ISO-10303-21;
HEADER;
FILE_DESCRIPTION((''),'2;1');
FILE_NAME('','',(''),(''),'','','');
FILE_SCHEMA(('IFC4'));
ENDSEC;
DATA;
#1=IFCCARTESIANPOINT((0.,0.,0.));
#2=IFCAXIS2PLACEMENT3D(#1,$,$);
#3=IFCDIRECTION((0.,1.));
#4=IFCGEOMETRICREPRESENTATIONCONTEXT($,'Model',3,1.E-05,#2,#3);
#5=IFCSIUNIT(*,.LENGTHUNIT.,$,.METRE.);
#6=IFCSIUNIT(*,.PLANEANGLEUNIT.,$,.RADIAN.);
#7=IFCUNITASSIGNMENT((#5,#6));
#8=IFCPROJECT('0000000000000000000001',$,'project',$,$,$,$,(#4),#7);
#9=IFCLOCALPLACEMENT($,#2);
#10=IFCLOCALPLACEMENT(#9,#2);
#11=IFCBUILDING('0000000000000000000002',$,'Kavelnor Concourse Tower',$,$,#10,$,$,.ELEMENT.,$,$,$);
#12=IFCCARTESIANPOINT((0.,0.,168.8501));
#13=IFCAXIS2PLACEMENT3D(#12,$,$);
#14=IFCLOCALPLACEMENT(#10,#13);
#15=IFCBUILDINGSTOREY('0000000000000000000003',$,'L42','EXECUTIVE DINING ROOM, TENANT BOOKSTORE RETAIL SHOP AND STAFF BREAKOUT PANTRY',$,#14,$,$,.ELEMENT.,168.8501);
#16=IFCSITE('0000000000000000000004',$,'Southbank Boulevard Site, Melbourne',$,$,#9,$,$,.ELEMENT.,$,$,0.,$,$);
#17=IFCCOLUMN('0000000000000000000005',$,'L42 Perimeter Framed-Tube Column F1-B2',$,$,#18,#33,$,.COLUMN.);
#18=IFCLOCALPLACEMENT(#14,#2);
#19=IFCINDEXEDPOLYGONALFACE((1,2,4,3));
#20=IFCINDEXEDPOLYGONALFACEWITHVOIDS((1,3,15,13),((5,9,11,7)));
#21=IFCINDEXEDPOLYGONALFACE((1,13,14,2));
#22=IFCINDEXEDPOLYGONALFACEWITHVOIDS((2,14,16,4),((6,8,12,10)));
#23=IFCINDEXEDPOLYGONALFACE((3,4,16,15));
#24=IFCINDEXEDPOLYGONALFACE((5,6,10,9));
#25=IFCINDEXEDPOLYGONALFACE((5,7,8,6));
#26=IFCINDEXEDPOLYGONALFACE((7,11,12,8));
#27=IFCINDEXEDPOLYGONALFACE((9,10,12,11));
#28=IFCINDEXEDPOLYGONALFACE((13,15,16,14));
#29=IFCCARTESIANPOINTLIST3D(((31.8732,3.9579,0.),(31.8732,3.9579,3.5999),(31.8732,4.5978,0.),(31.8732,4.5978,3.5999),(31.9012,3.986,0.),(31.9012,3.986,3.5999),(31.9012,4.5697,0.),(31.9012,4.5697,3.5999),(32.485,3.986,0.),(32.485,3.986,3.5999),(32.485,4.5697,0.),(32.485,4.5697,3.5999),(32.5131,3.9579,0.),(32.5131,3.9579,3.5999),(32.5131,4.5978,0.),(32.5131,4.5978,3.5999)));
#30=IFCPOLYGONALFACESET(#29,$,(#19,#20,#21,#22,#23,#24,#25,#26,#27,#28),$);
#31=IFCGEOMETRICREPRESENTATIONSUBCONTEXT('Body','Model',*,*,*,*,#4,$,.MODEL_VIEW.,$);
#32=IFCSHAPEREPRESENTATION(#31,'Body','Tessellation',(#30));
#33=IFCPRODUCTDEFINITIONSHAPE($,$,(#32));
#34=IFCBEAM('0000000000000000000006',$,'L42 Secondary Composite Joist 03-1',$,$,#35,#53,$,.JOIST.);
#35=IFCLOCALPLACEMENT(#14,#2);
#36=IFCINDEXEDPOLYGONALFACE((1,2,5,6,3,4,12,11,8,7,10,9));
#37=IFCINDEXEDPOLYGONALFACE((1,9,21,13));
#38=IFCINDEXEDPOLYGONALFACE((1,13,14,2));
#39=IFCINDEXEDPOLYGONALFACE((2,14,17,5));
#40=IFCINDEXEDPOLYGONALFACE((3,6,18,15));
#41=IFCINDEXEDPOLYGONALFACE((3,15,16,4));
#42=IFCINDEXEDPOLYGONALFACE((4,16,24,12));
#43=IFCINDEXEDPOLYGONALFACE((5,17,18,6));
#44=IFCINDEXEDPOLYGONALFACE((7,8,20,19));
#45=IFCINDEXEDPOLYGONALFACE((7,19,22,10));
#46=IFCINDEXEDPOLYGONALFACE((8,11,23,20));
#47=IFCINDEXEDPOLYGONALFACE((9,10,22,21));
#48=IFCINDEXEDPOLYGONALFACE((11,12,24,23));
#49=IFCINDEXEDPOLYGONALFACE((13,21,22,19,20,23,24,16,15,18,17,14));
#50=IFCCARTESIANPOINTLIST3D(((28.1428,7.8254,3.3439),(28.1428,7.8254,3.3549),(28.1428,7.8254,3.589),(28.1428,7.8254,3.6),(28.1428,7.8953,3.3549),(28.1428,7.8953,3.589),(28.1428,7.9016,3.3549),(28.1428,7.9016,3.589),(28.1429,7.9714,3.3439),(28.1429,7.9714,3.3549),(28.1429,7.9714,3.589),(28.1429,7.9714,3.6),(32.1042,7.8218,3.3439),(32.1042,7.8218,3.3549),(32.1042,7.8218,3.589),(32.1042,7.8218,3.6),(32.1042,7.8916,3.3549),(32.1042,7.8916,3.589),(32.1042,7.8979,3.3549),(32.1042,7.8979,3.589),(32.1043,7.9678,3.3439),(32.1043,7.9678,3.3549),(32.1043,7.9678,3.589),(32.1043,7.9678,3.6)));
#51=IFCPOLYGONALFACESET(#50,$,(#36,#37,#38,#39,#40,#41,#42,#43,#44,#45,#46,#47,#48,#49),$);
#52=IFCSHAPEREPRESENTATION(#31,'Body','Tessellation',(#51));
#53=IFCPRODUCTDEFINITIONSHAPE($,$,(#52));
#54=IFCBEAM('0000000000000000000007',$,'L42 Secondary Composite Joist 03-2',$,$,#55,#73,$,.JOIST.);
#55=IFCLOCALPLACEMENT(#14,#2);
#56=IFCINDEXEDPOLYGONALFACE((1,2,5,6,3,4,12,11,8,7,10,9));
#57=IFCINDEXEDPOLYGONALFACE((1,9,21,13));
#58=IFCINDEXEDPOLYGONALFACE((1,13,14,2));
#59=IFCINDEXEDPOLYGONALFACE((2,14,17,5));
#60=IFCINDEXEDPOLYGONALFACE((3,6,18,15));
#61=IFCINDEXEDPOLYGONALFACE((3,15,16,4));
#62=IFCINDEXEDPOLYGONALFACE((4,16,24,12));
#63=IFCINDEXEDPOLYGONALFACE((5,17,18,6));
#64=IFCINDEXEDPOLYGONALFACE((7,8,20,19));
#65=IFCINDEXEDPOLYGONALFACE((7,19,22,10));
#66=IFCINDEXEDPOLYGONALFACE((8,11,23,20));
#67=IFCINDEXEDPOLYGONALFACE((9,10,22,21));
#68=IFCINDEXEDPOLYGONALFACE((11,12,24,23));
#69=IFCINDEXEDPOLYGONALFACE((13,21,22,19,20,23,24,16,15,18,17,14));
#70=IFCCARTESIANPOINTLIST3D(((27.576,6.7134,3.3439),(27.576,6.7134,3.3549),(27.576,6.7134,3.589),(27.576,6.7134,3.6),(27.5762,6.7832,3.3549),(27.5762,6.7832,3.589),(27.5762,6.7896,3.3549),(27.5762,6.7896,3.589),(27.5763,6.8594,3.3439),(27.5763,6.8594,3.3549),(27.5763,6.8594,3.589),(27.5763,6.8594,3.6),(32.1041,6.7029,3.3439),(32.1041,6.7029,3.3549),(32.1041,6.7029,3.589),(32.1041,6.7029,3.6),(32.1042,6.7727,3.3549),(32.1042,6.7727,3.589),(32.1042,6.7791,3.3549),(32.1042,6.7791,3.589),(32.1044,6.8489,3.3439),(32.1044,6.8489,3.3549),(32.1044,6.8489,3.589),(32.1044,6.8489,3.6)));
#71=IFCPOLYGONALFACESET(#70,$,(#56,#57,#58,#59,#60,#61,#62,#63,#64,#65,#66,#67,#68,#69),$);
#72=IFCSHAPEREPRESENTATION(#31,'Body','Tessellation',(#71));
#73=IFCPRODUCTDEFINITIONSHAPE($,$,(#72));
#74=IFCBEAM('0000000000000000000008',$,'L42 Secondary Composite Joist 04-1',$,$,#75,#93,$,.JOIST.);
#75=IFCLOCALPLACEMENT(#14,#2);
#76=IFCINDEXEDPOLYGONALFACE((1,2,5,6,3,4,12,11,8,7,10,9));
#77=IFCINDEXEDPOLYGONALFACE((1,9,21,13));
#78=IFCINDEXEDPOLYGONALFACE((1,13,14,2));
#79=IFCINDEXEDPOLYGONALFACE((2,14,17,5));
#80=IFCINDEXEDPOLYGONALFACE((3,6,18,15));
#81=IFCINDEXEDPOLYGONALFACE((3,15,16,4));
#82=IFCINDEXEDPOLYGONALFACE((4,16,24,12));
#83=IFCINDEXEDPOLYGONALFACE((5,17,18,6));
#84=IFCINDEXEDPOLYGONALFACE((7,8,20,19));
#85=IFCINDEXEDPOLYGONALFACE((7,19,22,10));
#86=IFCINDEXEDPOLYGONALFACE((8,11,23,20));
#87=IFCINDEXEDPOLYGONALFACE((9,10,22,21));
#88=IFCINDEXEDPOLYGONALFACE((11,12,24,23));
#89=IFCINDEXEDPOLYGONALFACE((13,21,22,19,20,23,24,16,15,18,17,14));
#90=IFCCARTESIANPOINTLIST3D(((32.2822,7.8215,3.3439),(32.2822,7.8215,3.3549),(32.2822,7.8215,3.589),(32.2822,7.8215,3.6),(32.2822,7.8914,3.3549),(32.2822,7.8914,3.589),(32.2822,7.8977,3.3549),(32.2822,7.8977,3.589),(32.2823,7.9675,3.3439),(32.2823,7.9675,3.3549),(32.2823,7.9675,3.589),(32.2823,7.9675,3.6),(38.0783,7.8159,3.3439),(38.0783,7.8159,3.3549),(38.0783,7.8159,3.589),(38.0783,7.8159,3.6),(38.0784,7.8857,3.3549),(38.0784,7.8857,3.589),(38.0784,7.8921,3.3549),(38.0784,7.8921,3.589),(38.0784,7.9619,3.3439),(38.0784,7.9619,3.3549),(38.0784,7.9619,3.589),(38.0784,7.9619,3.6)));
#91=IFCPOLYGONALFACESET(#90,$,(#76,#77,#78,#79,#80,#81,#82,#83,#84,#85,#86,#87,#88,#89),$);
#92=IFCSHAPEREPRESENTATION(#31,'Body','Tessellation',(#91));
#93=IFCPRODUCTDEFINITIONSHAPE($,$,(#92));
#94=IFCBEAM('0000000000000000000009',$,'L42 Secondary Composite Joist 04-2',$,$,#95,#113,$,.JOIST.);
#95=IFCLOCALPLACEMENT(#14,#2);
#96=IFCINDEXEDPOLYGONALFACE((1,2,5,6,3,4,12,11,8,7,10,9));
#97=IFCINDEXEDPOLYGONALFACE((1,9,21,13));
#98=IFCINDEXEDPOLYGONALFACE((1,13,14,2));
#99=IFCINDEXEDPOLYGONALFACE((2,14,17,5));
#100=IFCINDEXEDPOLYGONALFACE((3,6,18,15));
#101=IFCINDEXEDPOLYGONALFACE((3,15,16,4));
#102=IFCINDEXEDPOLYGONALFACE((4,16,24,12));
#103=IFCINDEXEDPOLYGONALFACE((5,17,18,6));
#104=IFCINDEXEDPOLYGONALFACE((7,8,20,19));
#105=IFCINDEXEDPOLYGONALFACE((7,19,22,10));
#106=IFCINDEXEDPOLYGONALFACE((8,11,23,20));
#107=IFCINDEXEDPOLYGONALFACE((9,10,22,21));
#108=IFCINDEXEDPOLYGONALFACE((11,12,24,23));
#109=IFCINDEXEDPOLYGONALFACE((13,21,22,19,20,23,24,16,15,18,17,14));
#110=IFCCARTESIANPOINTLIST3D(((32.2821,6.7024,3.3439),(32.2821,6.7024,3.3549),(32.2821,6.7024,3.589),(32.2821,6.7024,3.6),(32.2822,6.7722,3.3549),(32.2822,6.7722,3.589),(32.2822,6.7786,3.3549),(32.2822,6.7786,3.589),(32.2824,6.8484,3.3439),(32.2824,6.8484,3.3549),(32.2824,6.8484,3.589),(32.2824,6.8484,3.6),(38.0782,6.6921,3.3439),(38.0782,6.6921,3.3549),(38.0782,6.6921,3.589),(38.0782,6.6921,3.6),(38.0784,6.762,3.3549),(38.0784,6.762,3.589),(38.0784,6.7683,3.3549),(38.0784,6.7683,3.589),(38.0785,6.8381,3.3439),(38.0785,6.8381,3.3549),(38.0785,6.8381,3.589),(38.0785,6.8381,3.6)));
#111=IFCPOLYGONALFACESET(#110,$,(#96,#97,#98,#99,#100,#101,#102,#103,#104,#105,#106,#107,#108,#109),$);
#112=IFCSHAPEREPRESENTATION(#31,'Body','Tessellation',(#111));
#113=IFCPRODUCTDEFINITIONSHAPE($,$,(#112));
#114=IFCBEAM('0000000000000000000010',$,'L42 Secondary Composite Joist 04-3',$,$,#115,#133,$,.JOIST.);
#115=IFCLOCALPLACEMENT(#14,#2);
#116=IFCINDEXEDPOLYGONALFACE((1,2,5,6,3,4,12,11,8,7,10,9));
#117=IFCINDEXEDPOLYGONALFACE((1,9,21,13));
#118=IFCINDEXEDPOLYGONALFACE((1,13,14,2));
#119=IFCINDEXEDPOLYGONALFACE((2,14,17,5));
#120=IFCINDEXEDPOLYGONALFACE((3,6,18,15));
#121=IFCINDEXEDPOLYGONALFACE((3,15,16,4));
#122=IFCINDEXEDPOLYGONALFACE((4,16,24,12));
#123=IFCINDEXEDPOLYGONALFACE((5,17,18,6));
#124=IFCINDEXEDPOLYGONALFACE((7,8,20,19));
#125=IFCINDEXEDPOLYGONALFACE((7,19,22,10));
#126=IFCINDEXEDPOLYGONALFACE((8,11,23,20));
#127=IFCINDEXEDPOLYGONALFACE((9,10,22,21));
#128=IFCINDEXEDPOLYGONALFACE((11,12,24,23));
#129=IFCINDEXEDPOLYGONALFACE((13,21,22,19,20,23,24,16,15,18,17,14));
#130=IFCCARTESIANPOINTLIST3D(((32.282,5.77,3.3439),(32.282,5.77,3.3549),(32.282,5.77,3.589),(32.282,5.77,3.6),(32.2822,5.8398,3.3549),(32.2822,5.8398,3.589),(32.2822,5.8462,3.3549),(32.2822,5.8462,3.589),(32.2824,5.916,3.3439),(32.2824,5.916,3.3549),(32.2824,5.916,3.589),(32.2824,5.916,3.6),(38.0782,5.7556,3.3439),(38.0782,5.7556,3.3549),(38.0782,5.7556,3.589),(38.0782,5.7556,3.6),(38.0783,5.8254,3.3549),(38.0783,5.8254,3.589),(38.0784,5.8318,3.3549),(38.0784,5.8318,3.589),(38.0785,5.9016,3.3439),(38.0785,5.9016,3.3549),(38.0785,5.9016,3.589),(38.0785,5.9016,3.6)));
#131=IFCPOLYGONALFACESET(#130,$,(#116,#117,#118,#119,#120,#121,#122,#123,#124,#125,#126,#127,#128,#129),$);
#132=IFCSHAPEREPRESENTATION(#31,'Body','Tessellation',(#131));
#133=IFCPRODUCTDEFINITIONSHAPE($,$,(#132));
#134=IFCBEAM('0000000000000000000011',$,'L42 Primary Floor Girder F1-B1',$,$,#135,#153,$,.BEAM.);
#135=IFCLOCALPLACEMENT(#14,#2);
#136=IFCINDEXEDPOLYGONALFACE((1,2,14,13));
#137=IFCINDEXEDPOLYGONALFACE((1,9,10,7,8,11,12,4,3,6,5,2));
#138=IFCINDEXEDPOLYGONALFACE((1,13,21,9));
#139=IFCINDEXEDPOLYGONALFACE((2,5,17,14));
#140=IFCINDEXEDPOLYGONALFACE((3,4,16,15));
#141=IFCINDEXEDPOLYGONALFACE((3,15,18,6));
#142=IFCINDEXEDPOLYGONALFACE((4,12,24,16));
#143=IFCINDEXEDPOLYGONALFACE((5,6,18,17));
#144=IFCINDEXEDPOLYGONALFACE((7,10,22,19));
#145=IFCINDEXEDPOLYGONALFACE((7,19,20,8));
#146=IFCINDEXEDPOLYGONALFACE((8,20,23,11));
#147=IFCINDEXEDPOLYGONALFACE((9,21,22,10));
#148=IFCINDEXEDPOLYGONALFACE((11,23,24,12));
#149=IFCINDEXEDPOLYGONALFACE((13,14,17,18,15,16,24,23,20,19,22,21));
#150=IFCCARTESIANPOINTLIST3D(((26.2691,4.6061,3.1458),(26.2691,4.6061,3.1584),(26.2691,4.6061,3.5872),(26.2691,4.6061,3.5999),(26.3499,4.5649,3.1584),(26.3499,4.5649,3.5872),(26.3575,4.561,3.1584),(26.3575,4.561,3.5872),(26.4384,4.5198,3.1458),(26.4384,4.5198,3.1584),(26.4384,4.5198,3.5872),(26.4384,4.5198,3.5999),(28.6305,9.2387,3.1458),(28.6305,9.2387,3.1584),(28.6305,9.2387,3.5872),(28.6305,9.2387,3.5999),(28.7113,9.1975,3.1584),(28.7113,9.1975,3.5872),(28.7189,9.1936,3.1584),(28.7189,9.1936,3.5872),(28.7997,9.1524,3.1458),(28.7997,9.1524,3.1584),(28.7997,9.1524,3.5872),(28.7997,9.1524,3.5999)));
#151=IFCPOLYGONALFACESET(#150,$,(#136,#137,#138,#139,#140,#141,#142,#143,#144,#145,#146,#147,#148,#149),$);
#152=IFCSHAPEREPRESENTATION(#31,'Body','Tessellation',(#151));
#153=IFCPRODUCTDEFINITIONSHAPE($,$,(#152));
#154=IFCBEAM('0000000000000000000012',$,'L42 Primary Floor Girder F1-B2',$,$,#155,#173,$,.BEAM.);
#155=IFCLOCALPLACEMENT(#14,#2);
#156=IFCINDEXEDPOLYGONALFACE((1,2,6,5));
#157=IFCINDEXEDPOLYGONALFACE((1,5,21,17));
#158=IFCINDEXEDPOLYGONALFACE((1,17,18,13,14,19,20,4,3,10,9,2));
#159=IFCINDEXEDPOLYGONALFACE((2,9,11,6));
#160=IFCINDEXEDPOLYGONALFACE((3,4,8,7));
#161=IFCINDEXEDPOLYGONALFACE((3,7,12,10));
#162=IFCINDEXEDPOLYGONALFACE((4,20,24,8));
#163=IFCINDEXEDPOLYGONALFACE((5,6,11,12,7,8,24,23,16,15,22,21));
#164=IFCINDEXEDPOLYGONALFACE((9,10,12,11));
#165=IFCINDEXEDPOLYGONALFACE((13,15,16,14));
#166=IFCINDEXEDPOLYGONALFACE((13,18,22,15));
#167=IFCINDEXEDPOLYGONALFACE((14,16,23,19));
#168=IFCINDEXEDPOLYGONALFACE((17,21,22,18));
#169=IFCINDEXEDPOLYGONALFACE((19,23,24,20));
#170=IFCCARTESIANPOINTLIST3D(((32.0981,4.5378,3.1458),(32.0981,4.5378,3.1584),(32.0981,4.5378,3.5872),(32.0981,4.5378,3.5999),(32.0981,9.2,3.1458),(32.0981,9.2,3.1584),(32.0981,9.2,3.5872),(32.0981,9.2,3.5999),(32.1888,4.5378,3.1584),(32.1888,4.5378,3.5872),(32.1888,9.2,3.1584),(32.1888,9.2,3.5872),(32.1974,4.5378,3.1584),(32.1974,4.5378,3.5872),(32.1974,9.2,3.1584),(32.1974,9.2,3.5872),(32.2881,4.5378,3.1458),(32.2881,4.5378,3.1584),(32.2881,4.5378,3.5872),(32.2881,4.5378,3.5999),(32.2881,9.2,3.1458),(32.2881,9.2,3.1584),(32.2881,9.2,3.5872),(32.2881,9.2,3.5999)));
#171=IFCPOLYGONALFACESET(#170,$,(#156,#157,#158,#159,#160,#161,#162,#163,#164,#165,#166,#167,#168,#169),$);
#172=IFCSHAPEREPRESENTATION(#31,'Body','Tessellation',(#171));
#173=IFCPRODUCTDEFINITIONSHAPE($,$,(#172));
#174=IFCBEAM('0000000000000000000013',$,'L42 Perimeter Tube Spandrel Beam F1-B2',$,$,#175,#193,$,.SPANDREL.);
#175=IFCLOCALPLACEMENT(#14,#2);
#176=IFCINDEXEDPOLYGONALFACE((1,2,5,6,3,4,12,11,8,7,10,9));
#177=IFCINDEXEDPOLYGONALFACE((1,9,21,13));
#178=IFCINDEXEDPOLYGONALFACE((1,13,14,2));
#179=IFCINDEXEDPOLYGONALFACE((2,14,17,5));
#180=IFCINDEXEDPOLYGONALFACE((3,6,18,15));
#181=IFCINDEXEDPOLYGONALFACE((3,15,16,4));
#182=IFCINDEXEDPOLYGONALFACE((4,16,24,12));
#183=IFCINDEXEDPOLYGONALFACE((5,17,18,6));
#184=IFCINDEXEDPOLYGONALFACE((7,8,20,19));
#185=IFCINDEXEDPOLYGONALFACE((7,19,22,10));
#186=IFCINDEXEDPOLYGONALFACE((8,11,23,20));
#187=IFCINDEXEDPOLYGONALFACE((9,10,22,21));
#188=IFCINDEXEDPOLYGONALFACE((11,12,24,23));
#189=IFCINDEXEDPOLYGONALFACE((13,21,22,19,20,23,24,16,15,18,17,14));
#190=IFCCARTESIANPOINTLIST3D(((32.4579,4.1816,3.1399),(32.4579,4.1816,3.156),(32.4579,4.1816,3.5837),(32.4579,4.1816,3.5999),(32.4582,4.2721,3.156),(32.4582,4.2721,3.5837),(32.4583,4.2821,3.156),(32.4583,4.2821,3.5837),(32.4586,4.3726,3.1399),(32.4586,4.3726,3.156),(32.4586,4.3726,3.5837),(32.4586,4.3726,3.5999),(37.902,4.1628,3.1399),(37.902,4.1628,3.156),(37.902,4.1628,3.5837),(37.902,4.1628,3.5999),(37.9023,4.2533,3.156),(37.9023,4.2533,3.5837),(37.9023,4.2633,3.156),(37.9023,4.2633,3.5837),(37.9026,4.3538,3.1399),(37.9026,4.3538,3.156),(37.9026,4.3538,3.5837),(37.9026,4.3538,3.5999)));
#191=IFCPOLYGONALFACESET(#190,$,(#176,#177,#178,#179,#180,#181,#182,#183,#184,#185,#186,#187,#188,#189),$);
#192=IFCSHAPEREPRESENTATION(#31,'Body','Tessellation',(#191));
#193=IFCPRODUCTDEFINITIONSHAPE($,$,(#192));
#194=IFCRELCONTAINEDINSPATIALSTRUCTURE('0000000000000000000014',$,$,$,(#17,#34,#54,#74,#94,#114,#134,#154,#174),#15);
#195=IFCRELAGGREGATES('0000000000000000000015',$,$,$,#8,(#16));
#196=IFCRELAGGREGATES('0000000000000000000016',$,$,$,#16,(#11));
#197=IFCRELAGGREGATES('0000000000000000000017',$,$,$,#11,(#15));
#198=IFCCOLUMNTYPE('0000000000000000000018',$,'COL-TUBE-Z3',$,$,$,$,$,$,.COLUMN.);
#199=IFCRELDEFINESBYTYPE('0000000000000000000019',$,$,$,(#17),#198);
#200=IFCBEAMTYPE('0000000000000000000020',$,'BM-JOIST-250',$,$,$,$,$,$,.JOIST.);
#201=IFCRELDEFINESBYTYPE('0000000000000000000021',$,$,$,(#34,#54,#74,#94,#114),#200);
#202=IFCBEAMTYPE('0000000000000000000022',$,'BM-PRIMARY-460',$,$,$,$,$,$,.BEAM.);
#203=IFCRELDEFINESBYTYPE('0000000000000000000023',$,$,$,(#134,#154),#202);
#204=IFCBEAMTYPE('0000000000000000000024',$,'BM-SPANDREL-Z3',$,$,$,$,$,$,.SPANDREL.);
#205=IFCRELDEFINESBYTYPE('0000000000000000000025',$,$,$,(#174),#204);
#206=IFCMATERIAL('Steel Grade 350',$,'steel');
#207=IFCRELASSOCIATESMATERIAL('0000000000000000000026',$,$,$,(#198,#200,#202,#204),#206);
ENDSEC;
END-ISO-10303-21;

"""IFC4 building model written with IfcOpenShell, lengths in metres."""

from ifc_helpers import new_model, si_unit, direction, frame, origin, origin_2d, place, context, subcontext, project, spatial, hollow_rectangle, i_section, extrude, material, material_profile, profile_set, type_object, element, save


model = new_model("IFC4")

# Units and contexts
model_context = context("Model", 3, precision=1e-05, world=origin(), true_north=direction((0.0, 1.0)))
body_context = subcontext(model_context, "Body", "Model", "MODEL_VIEW")
ifc_project = project(units=[si_unit("LENGTHUNIT", "METRE"), si_unit("PLANEANGLEUNIT", "RADIAN")], contexts=[model_context])

# Site, building, storey
site_placement = place(None, origin())
site = spatial("IfcSite", under=ifc_project, at=site_placement, Name="Southbank Boulevard Site, Melbourne", CompositionType="ELEMENT", RefElevation=0.0)
building_placement = place(site_placement, origin())
building = spatial("IfcBuilding", under=site, at=building_placement, Name="Kavelnor Concourse Tower", CompositionType="ELEMENT")
storey_placement = place(building_placement, frame((0.0, 0.0, 168.8501)))
storey = spatial("IfcBuildingStorey", under=building, at=storey_placement, Name="L42", Description="EXECUTIVE DINING ROOM, TENANT BOOKSTORE RETAIL SHOP AND STAFF BREAKOUT PANTRY", CompositionType="ELEMENT", Elevation=168.8501)

# Column
ifc_material_1 = material(Name="Steel Grade 350", Category="steel")
ifc_material_profile_1 = material_profile(ifc_material_1, hollow_rectangle(XDim=0.6399, YDim=0.6399, WallThickness=0.0281, at=origin_2d()), Name="SHS 640x640x28")
ifc_profile_set_1 = profile_set([ifc_material_profile_1], Name="Steel Grade 350")
column_type = type_object("IfcColumnType", Name="COL-TUBE-Z3", PredefinedType="COLUMN", material=ifc_profile_set_1)
column_placement = place(storey_placement, frame((32.1931, 4.2778, 0.0), z_axis=(0.0, 0.0, 1.0), x_axis=(1.0, 0.0, 0.0)))
element("IfcColumn", 1, at=column_placement, inside=storey, type_object=column_type, Name="L42 Perimeter Framed-Tube Column F1-B2", PredefinedType="COLUMN", context=body_context, shape_type="SweptSolid", body=[
    extrude(hollow_rectangle(XDim=0.6399, YDim=0.6399, WallThickness=0.0281, at=origin_2d()), origin(), (0.0, 0.0, 1.0), 3.5999),
])

# Beams
ifc_material_profile_2 = material_profile(ifc_material_1, i_section(OverallWidth=0.146, OverallDepth=0.2561, WebThickness=0.0063, FlangeThickness=0.011, at=origin_2d()), Name="250UB37")
ifc_profile_set_2 = profile_set([ifc_material_profile_2], Name="Steel Grade 350")
beam_type_1 = type_object("IfcBeamType", Name="BM-JOIST-250", PredefinedType="JOIST", material=ifc_profile_set_2)
beam_1_placement = place(storey_placement, frame((28.1428, 7.8984, 3.4719), z_axis=(1.0, -0.000924, 0.0), x_axis=(0.000924, 1.0, 0.0)))
element("IfcBeam", 2, at=beam_1_placement, inside=storey, type_object=beam_type_1, Name="L42 Secondary Composite Joist 03-1", PredefinedType="JOIST", context=body_context, shape_type="SweptSolid", body=[
    extrude(i_section(OverallWidth=0.146, OverallDepth=0.2561, WebThickness=0.0063, FlangeThickness=0.011, at=origin_2d()), origin(), (0.0, 0.0, 1.0), 3.9614),
])
beam_2_placement = place(storey_placement, frame((27.5762, 6.7864, 3.4719), z_axis=(0.999997, -0.002318, 0.0), x_axis=(0.002318, 0.999997, 0.0)))
element("IfcBeam", 3, at=beam_2_placement, inside=storey, type_object=beam_type_1, Name="L42 Secondary Composite Joist 03-2", PredefinedType="JOIST", context=body_context, shape_type="SweptSolid", body=[
    extrude(i_section(OverallWidth=0.146, OverallDepth=0.2561, WebThickness=0.0063, FlangeThickness=0.011, at=origin_2d()), origin(), (0.0, 0.0, 1.0), 4.5281),
])
for number, where, z_axis, x_axis, name in (
    (4, (32.2822, 7.8945, 3.4719), (1.0, -0.000969, 0.0), (0.000969, 1.0, 0.0), "L42 Secondary Composite Joist 04-1"),
    (5, (32.2822, 6.7754, 3.4719), (0.999998, -0.001769, 0.0), (0.001769, 0.999998, 0.0), "L42 Secondary Composite Joist 04-2"),
    (6, (32.2822, 5.843, 3.4719), (0.999997, -0.002485, 0.0), (0.002485, 0.999997, 0.0), "L42 Secondary Composite Joist 04-3"),
):
    element("IfcBeam", number, at=place(storey_placement, frame(where, z_axis=z_axis, x_axis=x_axis)), inside=storey, type_object=beam_type_1, Name=name, PredefinedType="JOIST", context=body_context, shape_type="SweptSolid", body=[
        extrude(i_section(OverallWidth=0.146, OverallDepth=0.2561, WebThickness=0.0063, FlangeThickness=0.011, at=origin_2d()), origin(), (0.0, 0.0, 1.0), 5.7961),
    ])
ifc_material_profile_3 = material_profile(ifc_material_1, i_section(OverallWidth=0.1899, OverallDepth=0.4541, WebThickness=0.0085, FlangeThickness=0.0127, at=origin_2d()), Name="460UB67")
ifc_profile_set_3 = profile_set([ifc_material_profile_3], Name="Steel Grade 350")
beam_type_2 = type_object("IfcBeamType", Name="BM-PRIMARY-460", PredefinedType="BEAM", material=ifc_profile_set_3)
beam_3_placement = place(storey_placement, frame((28.7151, 9.1956, 3.3728), z_axis=(-0.45413, -0.890935, 0.0), x_axis=(0.890935, -0.45413, 0.0)))
element("IfcBeam", 7, at=beam_3_placement, inside=storey, type_object=beam_type_2, Name="L42 Primary Floor Girder F1-B1", PredefinedType="BEAM", context=body_context, shape_type="SweptSolid", body=[
    extrude(i_section(OverallWidth=0.1899, OverallDepth=0.4541, WebThickness=0.0085, FlangeThickness=0.0127, at=origin_2d()), origin(), (0.0, 0.0, 1.0), 5.1997),
])
beam_4_placement = place(storey_placement, frame((32.1931, 9.2, 3.3728), z_axis=(0.0, -1.0, 0.0), x_axis=(1.0, 0.0, 0.0)))
element("IfcBeam", 8, at=beam_4_placement, inside=storey, type_object=beam_type_2, Name="L42 Primary Floor Girder F1-B2", PredefinedType="BEAM", context=body_context, shape_type="SweptSolid", body=[
    extrude(i_section(OverallWidth=0.1899, OverallDepth=0.4541, WebThickness=0.0085, FlangeThickness=0.0127, at=origin_2d()), origin(), (0.0, 0.0, 1.0), 4.6621),
])
ifc_material_profile_4 = material_profile(ifc_material_1, i_section(OverallWidth=0.1909, OverallDepth=0.46, WebThickness=0.01, FlangeThickness=0.0161, at=origin_2d()), Name="460UB82")
ifc_profile_set_4 = profile_set([ifc_material_profile_4], Name="Steel Grade 350")
beam_type_3 = type_object("IfcBeamType", Name="BM-SPANDREL-Z3", PredefinedType="SPANDREL", material=ifc_profile_set_4)
beam_5_placement = place(storey_placement, frame((32.4583, 4.2771, 3.3699), z_axis=(0.999994, -0.003453, 0.0), x_axis=(0.003453, 0.999994, 0.0)))
element("IfcBeam", 9, at=beam_5_placement, inside=storey, type_object=beam_type_3, Name="L42 Perimeter Tube Spandrel Beam F1-B2", PredefinedType="SPANDREL", context=body_context, shape_type="SweptSolid", body=[
    extrude(i_section(OverallWidth=0.1909, OverallDepth=0.46, WebThickness=0.01, FlangeThickness=0.0161, at=origin_2d()), origin(), (0.0, 0.0, 1.0), 5.4441),
])

save(model, "model.ifc")
